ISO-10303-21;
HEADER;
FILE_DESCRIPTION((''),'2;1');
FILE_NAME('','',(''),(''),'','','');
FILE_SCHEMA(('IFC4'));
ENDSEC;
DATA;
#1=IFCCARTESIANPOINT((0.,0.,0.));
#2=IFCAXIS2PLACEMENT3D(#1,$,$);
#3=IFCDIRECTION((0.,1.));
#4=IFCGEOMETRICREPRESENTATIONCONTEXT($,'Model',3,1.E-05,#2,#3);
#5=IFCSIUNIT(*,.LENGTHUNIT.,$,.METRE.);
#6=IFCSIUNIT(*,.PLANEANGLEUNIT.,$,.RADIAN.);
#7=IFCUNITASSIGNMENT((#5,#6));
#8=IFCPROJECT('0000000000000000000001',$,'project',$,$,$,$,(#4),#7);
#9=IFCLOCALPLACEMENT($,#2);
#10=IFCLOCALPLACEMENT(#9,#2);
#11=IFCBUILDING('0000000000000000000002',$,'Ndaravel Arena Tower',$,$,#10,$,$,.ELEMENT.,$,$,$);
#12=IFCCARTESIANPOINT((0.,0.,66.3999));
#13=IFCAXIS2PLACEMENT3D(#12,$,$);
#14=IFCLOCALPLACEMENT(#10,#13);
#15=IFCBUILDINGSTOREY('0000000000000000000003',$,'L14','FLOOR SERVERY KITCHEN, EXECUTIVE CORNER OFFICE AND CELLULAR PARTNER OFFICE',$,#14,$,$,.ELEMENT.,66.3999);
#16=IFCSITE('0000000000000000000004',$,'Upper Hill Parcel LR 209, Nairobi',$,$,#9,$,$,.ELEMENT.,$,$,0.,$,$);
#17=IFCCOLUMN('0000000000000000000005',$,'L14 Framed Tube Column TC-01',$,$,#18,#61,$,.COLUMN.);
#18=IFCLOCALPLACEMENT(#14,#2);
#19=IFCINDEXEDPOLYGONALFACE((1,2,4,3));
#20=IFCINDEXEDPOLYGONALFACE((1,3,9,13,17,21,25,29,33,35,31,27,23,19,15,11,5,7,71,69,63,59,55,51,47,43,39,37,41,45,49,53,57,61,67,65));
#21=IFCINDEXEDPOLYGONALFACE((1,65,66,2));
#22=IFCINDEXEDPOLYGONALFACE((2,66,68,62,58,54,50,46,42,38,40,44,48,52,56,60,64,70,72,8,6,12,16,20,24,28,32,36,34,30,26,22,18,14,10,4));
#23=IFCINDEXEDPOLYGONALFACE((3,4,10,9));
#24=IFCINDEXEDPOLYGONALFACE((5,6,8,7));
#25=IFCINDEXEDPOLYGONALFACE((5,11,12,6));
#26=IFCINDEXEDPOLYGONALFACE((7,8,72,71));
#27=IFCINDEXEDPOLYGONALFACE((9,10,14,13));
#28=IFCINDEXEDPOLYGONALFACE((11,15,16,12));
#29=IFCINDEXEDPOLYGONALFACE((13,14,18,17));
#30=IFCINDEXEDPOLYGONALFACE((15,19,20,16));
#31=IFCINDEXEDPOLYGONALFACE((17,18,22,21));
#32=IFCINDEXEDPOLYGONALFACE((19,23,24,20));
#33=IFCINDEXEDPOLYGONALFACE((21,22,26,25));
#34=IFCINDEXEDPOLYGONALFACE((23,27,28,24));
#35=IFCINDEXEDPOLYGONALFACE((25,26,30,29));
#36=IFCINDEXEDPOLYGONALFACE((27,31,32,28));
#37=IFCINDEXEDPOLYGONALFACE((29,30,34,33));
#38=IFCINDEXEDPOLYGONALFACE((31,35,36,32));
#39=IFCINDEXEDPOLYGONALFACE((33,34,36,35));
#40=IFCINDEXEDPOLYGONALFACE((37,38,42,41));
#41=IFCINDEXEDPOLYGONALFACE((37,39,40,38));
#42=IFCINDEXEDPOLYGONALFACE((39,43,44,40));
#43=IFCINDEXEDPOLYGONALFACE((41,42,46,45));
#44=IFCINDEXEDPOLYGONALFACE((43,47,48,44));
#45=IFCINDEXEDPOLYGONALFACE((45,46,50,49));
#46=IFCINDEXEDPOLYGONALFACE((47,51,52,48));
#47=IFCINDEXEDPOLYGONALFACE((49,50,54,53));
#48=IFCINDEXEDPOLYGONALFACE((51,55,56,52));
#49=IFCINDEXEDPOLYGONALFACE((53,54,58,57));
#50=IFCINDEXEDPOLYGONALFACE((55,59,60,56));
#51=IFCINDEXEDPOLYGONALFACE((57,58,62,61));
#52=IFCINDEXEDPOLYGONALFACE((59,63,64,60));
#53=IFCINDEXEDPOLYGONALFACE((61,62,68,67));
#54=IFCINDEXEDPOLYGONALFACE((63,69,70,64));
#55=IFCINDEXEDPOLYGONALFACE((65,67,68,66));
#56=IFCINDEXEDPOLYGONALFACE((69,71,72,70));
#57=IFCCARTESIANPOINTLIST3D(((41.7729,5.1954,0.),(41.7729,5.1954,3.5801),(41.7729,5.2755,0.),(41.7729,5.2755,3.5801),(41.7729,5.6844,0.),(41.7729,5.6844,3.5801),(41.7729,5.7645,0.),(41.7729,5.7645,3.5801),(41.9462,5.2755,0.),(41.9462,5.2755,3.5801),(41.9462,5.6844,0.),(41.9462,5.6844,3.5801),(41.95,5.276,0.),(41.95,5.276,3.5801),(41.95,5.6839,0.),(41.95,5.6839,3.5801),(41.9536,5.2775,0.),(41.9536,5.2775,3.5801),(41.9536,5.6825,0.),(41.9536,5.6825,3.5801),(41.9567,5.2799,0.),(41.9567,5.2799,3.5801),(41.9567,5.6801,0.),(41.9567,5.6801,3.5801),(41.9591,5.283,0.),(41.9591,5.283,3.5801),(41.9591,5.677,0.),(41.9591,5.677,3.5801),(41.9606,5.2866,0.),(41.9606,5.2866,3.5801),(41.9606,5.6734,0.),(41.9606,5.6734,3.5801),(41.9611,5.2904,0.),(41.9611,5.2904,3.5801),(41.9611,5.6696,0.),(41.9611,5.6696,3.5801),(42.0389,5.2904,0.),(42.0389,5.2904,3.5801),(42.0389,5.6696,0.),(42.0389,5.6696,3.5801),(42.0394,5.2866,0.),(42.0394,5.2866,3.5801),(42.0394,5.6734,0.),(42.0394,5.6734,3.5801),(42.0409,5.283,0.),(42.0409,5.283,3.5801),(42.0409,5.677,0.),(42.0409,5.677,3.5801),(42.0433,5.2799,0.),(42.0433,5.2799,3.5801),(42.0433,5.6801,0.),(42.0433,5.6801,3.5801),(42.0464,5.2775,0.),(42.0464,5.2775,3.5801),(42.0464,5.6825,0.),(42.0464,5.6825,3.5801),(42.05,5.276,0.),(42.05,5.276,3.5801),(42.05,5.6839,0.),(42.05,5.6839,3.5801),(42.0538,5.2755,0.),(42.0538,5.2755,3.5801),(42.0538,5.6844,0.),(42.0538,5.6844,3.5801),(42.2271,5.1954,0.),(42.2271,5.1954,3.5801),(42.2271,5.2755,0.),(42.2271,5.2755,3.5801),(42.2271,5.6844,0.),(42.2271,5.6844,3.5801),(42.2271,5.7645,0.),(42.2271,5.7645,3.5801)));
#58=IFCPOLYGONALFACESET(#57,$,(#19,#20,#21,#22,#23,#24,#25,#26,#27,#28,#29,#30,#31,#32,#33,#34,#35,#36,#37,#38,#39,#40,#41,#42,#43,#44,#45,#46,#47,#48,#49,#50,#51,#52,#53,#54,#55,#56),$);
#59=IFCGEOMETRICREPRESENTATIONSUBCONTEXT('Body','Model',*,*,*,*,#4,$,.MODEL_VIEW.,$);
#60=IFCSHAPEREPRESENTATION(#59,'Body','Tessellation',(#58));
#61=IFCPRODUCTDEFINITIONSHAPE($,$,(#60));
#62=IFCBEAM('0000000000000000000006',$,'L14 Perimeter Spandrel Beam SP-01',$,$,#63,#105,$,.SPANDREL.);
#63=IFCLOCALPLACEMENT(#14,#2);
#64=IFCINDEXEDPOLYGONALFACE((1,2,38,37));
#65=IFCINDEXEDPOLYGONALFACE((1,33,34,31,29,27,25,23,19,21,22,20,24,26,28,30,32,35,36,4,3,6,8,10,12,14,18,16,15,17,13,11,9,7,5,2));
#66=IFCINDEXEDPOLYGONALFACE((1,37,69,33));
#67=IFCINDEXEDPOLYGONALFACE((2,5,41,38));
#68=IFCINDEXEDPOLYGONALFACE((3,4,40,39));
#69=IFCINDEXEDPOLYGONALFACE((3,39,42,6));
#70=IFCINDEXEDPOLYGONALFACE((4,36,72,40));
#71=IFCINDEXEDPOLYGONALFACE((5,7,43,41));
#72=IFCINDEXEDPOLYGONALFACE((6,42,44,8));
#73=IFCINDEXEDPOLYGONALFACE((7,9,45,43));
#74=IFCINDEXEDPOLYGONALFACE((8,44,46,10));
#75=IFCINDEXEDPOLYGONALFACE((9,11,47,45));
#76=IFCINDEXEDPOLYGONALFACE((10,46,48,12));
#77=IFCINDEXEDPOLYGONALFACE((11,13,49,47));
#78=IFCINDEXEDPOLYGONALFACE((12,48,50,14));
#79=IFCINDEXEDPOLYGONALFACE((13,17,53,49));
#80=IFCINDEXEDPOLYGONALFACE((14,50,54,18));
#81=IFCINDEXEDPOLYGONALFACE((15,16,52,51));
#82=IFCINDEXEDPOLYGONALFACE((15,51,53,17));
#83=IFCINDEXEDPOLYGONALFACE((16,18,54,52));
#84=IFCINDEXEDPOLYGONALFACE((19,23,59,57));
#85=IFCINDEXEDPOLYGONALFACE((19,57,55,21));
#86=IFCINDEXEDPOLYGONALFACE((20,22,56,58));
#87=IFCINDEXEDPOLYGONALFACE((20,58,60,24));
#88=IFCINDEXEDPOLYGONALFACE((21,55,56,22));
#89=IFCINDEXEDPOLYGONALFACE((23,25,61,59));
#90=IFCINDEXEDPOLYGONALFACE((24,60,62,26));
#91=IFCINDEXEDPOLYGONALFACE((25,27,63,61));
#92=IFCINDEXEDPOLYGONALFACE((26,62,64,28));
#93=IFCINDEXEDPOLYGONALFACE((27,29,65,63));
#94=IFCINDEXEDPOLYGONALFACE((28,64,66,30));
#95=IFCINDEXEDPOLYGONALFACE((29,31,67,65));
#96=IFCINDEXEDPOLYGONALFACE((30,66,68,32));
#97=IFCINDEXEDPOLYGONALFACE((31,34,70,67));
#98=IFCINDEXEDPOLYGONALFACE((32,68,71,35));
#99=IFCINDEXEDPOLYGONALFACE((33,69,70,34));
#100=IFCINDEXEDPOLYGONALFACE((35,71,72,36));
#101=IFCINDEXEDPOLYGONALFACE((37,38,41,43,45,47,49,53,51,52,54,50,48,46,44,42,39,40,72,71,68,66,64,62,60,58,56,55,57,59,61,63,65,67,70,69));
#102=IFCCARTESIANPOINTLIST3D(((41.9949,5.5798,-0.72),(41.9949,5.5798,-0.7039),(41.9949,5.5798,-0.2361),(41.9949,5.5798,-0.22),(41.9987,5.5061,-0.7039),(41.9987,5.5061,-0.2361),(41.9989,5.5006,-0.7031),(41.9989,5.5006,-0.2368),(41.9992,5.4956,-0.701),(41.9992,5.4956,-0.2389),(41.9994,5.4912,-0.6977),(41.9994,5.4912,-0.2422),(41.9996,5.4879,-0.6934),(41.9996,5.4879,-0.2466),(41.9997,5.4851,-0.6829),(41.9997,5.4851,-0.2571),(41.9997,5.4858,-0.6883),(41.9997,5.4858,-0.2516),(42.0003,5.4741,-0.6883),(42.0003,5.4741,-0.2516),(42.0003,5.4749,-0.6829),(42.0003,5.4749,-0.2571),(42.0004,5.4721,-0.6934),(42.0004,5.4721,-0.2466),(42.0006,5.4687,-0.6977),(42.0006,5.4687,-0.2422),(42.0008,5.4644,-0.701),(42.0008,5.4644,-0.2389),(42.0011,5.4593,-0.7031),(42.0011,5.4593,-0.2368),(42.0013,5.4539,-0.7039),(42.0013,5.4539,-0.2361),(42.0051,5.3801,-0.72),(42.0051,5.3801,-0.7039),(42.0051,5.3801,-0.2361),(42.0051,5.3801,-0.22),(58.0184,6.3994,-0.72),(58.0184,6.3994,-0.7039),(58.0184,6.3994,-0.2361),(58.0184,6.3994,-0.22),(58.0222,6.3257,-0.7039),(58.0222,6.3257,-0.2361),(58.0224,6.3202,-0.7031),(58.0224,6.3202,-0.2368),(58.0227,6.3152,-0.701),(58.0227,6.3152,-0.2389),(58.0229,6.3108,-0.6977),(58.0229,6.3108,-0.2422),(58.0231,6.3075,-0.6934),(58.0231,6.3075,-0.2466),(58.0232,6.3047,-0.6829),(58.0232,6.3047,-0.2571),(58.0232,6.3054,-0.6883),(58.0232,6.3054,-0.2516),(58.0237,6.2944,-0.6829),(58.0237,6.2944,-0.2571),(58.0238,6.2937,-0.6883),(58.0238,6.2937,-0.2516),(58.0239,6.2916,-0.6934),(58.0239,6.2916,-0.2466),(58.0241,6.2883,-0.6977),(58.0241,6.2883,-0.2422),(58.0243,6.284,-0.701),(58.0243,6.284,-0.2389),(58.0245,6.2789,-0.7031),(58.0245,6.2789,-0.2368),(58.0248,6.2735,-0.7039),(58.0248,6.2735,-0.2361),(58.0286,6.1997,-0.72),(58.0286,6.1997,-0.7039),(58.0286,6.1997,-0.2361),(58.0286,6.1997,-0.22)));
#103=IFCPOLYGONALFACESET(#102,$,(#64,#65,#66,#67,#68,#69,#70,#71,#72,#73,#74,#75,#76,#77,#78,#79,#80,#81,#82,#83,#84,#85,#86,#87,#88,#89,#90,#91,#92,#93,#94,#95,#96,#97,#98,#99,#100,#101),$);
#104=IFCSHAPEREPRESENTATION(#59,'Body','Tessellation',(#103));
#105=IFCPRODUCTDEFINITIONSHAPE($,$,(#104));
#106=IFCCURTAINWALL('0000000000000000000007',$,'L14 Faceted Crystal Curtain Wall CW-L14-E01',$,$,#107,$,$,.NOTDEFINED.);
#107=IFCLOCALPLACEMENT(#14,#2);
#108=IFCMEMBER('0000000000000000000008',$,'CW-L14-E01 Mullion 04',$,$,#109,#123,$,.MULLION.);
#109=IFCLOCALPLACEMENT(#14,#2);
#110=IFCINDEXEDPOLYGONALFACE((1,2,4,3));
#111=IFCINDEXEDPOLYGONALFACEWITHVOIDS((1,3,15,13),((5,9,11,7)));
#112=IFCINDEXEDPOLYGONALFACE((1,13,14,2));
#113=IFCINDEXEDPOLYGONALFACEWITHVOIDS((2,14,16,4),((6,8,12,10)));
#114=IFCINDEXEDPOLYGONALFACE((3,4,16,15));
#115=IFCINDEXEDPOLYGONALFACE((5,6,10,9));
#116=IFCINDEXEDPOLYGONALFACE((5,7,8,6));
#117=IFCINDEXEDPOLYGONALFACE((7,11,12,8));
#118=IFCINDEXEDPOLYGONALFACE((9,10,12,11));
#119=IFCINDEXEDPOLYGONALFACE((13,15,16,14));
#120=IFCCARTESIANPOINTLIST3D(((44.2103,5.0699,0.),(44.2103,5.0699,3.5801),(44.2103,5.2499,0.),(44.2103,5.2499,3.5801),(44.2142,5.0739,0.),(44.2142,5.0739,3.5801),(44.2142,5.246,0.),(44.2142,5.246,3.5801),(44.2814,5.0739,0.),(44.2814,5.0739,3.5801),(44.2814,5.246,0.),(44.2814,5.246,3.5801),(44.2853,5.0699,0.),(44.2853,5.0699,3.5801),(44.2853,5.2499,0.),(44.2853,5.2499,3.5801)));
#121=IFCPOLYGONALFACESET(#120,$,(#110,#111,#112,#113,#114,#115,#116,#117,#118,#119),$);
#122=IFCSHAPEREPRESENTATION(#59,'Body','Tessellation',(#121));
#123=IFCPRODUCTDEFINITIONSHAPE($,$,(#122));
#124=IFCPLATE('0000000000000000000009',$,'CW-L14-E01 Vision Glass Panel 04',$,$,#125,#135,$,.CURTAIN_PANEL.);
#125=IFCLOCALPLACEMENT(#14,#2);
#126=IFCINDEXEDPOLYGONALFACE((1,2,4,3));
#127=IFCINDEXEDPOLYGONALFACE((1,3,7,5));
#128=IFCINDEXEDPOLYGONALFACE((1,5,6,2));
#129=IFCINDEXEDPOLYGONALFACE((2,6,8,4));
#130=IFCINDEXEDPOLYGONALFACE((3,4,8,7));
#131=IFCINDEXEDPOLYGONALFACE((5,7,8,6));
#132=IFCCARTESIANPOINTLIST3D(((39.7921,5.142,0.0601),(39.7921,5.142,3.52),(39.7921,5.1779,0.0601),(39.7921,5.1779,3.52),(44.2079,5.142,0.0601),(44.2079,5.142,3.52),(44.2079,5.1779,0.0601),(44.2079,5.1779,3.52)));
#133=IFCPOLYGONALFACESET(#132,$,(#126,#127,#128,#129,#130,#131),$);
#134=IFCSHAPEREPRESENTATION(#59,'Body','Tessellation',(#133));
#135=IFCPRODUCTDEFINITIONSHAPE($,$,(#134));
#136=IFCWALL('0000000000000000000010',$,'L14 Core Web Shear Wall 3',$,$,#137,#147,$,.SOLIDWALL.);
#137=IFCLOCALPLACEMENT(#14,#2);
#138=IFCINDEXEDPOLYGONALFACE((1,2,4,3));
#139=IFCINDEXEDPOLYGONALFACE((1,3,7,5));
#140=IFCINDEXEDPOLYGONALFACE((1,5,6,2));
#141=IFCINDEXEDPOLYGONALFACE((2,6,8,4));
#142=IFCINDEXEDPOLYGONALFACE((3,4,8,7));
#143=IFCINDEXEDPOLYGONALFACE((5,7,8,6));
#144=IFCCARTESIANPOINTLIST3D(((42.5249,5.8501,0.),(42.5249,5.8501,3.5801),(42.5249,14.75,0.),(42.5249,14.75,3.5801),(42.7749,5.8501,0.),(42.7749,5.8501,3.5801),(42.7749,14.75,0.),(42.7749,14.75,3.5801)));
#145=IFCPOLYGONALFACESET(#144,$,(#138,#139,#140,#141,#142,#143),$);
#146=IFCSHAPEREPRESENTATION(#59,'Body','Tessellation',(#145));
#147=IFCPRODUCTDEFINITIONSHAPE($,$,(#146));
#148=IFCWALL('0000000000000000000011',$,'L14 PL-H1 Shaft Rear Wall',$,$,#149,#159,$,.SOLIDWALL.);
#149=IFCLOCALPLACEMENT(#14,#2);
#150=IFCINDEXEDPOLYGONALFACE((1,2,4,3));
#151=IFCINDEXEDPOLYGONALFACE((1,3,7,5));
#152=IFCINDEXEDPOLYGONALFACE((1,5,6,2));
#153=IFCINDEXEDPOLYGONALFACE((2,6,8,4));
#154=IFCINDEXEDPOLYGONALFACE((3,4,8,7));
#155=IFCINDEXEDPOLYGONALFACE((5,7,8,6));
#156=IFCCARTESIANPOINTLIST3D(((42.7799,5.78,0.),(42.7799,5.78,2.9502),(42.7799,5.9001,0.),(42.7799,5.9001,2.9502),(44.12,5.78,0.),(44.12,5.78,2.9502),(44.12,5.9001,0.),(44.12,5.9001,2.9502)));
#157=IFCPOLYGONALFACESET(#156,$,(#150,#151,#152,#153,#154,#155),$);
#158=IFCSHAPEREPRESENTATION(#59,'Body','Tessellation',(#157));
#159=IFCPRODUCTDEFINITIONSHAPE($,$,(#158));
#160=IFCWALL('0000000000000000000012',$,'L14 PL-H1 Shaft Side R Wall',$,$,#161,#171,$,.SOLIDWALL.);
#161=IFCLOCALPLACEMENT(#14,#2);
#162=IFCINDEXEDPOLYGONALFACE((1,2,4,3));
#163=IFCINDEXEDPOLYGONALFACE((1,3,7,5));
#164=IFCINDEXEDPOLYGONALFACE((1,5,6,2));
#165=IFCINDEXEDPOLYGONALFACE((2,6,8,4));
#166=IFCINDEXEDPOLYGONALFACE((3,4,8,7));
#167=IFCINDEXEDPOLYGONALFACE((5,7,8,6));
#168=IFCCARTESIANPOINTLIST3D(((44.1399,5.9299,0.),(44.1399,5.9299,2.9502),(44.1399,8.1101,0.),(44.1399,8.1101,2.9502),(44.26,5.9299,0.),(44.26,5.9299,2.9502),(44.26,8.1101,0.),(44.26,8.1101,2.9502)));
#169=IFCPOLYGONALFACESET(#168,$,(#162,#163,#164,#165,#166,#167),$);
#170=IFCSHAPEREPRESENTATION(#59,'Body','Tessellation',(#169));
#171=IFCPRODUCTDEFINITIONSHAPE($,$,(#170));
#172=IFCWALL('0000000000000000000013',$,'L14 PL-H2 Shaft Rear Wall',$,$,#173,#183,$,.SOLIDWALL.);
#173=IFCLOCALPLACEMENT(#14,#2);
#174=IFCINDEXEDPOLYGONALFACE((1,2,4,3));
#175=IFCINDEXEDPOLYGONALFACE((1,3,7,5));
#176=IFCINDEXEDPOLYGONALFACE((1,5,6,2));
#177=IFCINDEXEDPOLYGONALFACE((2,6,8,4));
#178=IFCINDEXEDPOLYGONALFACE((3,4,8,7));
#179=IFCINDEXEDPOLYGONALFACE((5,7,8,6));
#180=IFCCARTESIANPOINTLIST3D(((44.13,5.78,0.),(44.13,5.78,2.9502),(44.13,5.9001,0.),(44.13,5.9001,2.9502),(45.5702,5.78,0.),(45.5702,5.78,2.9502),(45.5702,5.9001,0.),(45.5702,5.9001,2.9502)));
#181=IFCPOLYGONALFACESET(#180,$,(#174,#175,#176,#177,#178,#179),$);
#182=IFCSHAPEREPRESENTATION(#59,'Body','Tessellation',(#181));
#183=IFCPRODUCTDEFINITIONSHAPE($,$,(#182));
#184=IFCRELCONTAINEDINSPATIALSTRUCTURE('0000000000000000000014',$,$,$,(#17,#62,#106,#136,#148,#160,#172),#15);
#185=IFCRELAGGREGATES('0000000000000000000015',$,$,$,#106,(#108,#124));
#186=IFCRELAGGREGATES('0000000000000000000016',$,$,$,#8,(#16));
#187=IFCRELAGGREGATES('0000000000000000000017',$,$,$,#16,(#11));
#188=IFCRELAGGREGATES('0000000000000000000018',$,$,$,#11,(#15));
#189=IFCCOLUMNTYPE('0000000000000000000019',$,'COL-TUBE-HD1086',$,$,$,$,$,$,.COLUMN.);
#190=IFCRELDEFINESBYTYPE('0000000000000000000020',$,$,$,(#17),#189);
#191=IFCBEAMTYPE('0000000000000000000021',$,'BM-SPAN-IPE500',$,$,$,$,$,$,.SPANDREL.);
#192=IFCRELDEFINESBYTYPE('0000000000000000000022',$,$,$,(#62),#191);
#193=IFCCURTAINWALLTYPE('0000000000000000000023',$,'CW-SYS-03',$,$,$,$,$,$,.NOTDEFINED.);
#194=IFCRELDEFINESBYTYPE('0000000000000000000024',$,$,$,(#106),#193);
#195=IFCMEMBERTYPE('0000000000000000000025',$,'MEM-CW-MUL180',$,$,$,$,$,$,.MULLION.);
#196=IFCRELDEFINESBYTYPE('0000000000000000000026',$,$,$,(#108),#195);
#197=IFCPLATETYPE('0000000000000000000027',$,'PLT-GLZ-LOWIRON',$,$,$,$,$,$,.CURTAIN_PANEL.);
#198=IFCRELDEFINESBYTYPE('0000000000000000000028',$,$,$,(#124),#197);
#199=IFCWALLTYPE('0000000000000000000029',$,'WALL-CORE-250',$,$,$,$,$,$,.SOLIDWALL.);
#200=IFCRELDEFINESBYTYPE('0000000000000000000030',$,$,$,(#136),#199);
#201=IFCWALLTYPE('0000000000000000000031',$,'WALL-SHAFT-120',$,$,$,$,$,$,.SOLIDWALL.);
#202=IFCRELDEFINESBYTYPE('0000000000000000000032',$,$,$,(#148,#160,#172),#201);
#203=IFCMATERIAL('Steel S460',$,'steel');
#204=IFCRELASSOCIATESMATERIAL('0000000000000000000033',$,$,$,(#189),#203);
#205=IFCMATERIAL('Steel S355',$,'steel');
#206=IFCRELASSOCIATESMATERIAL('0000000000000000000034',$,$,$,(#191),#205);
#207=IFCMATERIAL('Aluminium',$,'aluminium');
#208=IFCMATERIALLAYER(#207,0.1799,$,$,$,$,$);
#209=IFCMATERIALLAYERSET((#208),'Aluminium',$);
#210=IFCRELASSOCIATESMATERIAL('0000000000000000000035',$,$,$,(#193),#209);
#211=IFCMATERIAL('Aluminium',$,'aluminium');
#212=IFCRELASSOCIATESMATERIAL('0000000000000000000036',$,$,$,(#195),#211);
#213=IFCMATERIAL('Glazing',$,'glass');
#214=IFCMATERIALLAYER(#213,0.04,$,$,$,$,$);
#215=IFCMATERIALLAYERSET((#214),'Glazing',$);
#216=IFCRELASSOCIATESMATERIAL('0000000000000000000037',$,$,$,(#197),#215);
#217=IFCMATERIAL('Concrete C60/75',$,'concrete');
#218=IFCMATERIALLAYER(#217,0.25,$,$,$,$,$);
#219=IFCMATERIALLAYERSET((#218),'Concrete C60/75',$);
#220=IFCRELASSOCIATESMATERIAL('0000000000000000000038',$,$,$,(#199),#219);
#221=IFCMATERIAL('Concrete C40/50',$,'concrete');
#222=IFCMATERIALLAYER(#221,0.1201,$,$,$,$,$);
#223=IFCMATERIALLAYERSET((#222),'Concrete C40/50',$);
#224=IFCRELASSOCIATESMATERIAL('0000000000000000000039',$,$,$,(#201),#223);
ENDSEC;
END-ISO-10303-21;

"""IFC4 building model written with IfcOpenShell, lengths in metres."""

from ifc_helpers import new_model, si_unit, direction, frame, frame_2d, origin, origin_2d, place, context, subcontext, project, spatial, rectangle, hollow_rectangle, i_section, extrude, material, layer, layer_set, material_profile, profile_set, type_object, element, aggregate, save


model = new_model("IFC4")

# Units and contexts
model_context = context("Model", 3, precision=1e-05, world=origin(), true_north=direction((0.0, 1.0)))
body_context = subcontext(model_context, "Body", "Model", "MODEL_VIEW")
ifc_project = project(units=[si_unit("LENGTHUNIT", "METRE"), si_unit("PLANEANGLEUNIT", "RADIAN")], contexts=[model_context])

# Site, building, storey
site_placement = place(None, origin())
site = spatial("IfcSite", under=ifc_project, at=site_placement, Name="Upper Hill Parcel LR 209, Nairobi", CompositionType="ELEMENT", RefElevation=0.0)
building_placement = place(site_placement, origin())
building = spatial("IfcBuilding", under=site, at=building_placement, Name="Ndaravel Arena Tower", CompositionType="ELEMENT")
storey_placement = place(building_placement, frame((0.0, 0.0, 66.3999)))
storey = spatial("IfcBuildingStorey", under=building, at=storey_placement, Name="L14", Description="FLOOR SERVERY KITCHEN, EXECUTIVE CORNER OFFICE AND CELLULAR PARTNER OFFICE", CompositionType="ELEMENT", Elevation=66.3999)

# Column
ifc_material_1 = material(Name="Steel S460", Category="steel")
ifc_material_profile_1 = material_profile(ifc_material_1, i_section(OverallWidth=0.4541, OverallDepth=0.5691, WebThickness=0.0779, FlangeThickness=0.0801, FilletRadius=0.0149, at=origin_2d()), Name="HD 400x1086")
ifc_profile_set_1 = profile_set([ifc_material_profile_1], Name="Steel S460")
column_type = type_object("IfcColumnType", Name="COL-TUBE-HD1086", PredefinedType="COLUMN", material=ifc_profile_set_1)
column_placement = place(storey_placement, frame((42.0, 5.48, 0.0), z_axis=(0.0, 0.0, 1.0), x_axis=(1.0, 0.0, 0.0)))
element("IfcColumn", 1, at=column_placement, inside=storey, type_object=column_type, Name="L14 Framed Tube Column TC-01", PredefinedType="COLUMN", context=body_context, shape_type="SweptSolid", body=[
    extrude(i_section(OverallWidth=0.4541, OverallDepth=0.5691, WebThickness=0.0779, FlangeThickness=0.0801, FilletRadius=0.0149, at=origin_2d()), origin(), (0.0, 0.0, 1.0), 3.5801),
])

# Beam
ifc_material_2 = material(Name="Steel S355", Category="steel")
ifc_material_profile_2 = material_profile(ifc_material_2, i_section(OverallWidth=0.2, OverallDepth=0.5, WebThickness=0.0103, FlangeThickness=0.0161, FilletRadius=0.021, at=origin_2d()), Name="IPE 500")
ifc_profile_set_2 = profile_set([ifc_material_profile_2], Name="Steel S355")
beam_type = type_object("IfcBeamType", Name="BM-SPAN-IPE500", PredefinedType="SPANDREL", material=ifc_profile_set_2)
beam_placement = place(storey_placement, frame((42.0, 5.48, -0.47), z_axis=(0.998694, 0.051082, 0.0), x_axis=(-0.051082, 0.998694, 0.0)))
element("IfcBeam", 2, at=beam_placement, inside=storey, type_object=beam_type, Name="L14 Perimeter Spandrel Beam SP-01", PredefinedType="SPANDREL", context=body_context, shape_type="SweptSolid", body=[
    extrude(i_section(OverallWidth=0.2, OverallDepth=0.5, WebThickness=0.0103, FlangeThickness=0.0161, FilletRadius=0.021, at=origin_2d()), origin(), (0.0, 0.0, 1.0), 16.0444),
])

# Curtain wall, member, plate
ifc_material_3 = material(Name="Aluminium", Category="aluminium")
ifc_layer_1 = layer(ifc_material_3, 0.1799)
ifc_layer_set_1 = layer_set([ifc_layer_1], Name="Aluminium")
curtain_wall_type = type_object("IfcCurtainWallType", Name="CW-SYS-03", PredefinedType="NOTDEFINED", material=ifc_layer_set_1)
curtain_wall_placement = place(storey_placement, origin())
curtain_wall = element("IfcCurtainWall", 3, at=curtain_wall_placement, inside=storey, type_object=curtain_wall_type, Name="L14 Faceted Crystal Curtain Wall CW-L14-E01", PredefinedType="NOTDEFINED")
ifc_material_4 = material(Name="Aluminium", Category="aluminium")
ifc_material_profile_3 = material_profile(ifc_material_4, hollow_rectangle(XDim=0.075, YDim=0.1799, WallThickness=0.0039, at=origin_2d()), Name="CW MULLION 75x180x4")
ifc_profile_set_3 = profile_set([ifc_material_profile_3], Name="Aluminium")
member_type = type_object("IfcMemberType", Name="MEM-CW-MUL180", PredefinedType="MULLION", material=ifc_profile_set_3)
member_placement = place(storey_placement, frame((44.2478, 5.1599, 0.0), z_axis=(0.0, 0.0, 1.0), x_axis=(1.0, 0.0, 0.0)))
member = element("IfcMember", 4, at=member_placement, type_object=member_type, Name="CW-L14-E01 Mullion 04", PredefinedType="MULLION", context=body_context, shape_type="SweptSolid", body=[
    extrude(hollow_rectangle(XDim=0.075, YDim=0.1799, WallThickness=0.0039, at=origin_2d()), origin(), (0.0, 0.0, 1.0), 3.5801),
])
ifc_material_5 = material(Name="Glazing", Category="glass")
ifc_layer_2 = layer(ifc_material_5, 0.04)
ifc_layer_set_2 = layer_set([ifc_layer_2], Name="Glazing")
plate_type = type_object("IfcPlateType", Name="PLT-GLZ-LOWIRON", PredefinedType="CURTAIN_PANEL", material=ifc_layer_set_2)
plate_placement = place(storey_placement, frame((42.0, 5.1599, 0.0601), z_axis=(0.0, 0.0, 1.0), x_axis=(1.0, 0.0, 0.0)))
plate = element("IfcPlate", 5, at=plate_placement, type_object=plate_type, Name="CW-L14-E01 Vision Glass Panel 04", PredefinedType="CURTAIN_PANEL", context=body_context, shape_type="SweptSolid", body=[
    extrude(rectangle(XDim=4.4158, YDim=0.0359, at=origin_2d()), origin(), (0.0, 0.0, 1.0), 3.46),
])
aggregate(curtain_wall, [member, plate])

# Walls
ifc_material_6 = material(Name="Concrete C60/75", Category="concrete")
ifc_layer_3 = layer(ifc_material_6, 0.25)
ifc_layer_set_3 = layer_set([ifc_layer_3], Name="Concrete C60/75")
wall_type_1 = type_object("IfcWallType", Name="WALL-CORE-250", PredefinedType="SOLIDWALL", material=ifc_layer_set_3)
wall_1_placement = place(storey_placement, frame((42.6499, 5.8501, 0.0), z_axis=(0.0, 0.0, 1.0), x_axis=(0.0, 1.0, 0.0)))
element("IfcWall", 6, at=wall_1_placement, inside=storey, type_object=wall_type_1, Name="L14 Core Web Shear Wall 3", PredefinedType="SOLIDWALL", context=body_context, shape_type="SweptSolid", body=[
    extrude(rectangle(XDim=8.8999, YDim=0.25, at=frame_2d((4.45, 0.0))), origin(), (0.0, 0.0, 1.0), 3.5801),
])
ifc_material_7 = material(Name="Concrete C40/50", Category="concrete")
ifc_layer_4 = layer(ifc_material_7, 0.1201)
ifc_layer_set_4 = layer_set([ifc_layer_4], Name="Concrete C40/50")
wall_type_2 = type_object("IfcWallType", Name="WALL-SHAFT-120", PredefinedType="SOLIDWALL", material=ifc_layer_set_4)
wall_2_placement = place(storey_placement, frame((42.78, 5.8401, 0.0), z_axis=(0.0, 0.0, 1.0), x_axis=(1.0, 0.0, 0.0)))
element("IfcWall", 7, at=wall_2_placement, inside=storey, type_object=wall_type_2, Name="L14 PL-H1 Shaft Rear Wall", PredefinedType="SOLIDWALL", context=body_context, shape_type="SweptSolid", body=[
    extrude(rectangle(XDim=1.3401, YDim=0.1201, at=frame_2d((0.6699, 0.0))), origin(), (0.0, 0.0, 1.0), 2.9502),
])
wall_3_placement = place(storey_placement, frame((44.2, 5.9299, 0.0), z_axis=(0.0, 0.0, 1.0), x_axis=(0.0, 1.0, 0.0)))
element("IfcWall", 8, at=wall_3_placement, inside=storey, type_object=wall_type_2, Name="L14 PL-H1 Shaft Side R Wall", PredefinedType="SOLIDWALL", context=body_context, shape_type="SweptSolid", body=[
    extrude(rectangle(XDim=2.1802, YDim=0.1201, at=frame_2d((1.0901, 0.0))), origin(), (0.0, 0.0, 1.0), 2.9502),
])
wall_4_placement = place(storey_placement, frame((44.1299, 5.8401, 0.0), z_axis=(0.0, 0.0, 1.0), x_axis=(1.0, 0.0, 0.0)))
element("IfcWall", 9, at=wall_4_placement, inside=storey, type_object=wall_type_2, Name="L14 PL-H2 Shaft Rear Wall", PredefinedType="SOLIDWALL", context=body_context, shape_type="SweptSolid", body=[
    extrude(rectangle(XDim=1.4402, YDim=0.1201, at=frame_2d((0.7202, 0.0))), origin(), (0.0, 0.0, 1.0), 2.9502),
])

save(model, "model.ifc")
